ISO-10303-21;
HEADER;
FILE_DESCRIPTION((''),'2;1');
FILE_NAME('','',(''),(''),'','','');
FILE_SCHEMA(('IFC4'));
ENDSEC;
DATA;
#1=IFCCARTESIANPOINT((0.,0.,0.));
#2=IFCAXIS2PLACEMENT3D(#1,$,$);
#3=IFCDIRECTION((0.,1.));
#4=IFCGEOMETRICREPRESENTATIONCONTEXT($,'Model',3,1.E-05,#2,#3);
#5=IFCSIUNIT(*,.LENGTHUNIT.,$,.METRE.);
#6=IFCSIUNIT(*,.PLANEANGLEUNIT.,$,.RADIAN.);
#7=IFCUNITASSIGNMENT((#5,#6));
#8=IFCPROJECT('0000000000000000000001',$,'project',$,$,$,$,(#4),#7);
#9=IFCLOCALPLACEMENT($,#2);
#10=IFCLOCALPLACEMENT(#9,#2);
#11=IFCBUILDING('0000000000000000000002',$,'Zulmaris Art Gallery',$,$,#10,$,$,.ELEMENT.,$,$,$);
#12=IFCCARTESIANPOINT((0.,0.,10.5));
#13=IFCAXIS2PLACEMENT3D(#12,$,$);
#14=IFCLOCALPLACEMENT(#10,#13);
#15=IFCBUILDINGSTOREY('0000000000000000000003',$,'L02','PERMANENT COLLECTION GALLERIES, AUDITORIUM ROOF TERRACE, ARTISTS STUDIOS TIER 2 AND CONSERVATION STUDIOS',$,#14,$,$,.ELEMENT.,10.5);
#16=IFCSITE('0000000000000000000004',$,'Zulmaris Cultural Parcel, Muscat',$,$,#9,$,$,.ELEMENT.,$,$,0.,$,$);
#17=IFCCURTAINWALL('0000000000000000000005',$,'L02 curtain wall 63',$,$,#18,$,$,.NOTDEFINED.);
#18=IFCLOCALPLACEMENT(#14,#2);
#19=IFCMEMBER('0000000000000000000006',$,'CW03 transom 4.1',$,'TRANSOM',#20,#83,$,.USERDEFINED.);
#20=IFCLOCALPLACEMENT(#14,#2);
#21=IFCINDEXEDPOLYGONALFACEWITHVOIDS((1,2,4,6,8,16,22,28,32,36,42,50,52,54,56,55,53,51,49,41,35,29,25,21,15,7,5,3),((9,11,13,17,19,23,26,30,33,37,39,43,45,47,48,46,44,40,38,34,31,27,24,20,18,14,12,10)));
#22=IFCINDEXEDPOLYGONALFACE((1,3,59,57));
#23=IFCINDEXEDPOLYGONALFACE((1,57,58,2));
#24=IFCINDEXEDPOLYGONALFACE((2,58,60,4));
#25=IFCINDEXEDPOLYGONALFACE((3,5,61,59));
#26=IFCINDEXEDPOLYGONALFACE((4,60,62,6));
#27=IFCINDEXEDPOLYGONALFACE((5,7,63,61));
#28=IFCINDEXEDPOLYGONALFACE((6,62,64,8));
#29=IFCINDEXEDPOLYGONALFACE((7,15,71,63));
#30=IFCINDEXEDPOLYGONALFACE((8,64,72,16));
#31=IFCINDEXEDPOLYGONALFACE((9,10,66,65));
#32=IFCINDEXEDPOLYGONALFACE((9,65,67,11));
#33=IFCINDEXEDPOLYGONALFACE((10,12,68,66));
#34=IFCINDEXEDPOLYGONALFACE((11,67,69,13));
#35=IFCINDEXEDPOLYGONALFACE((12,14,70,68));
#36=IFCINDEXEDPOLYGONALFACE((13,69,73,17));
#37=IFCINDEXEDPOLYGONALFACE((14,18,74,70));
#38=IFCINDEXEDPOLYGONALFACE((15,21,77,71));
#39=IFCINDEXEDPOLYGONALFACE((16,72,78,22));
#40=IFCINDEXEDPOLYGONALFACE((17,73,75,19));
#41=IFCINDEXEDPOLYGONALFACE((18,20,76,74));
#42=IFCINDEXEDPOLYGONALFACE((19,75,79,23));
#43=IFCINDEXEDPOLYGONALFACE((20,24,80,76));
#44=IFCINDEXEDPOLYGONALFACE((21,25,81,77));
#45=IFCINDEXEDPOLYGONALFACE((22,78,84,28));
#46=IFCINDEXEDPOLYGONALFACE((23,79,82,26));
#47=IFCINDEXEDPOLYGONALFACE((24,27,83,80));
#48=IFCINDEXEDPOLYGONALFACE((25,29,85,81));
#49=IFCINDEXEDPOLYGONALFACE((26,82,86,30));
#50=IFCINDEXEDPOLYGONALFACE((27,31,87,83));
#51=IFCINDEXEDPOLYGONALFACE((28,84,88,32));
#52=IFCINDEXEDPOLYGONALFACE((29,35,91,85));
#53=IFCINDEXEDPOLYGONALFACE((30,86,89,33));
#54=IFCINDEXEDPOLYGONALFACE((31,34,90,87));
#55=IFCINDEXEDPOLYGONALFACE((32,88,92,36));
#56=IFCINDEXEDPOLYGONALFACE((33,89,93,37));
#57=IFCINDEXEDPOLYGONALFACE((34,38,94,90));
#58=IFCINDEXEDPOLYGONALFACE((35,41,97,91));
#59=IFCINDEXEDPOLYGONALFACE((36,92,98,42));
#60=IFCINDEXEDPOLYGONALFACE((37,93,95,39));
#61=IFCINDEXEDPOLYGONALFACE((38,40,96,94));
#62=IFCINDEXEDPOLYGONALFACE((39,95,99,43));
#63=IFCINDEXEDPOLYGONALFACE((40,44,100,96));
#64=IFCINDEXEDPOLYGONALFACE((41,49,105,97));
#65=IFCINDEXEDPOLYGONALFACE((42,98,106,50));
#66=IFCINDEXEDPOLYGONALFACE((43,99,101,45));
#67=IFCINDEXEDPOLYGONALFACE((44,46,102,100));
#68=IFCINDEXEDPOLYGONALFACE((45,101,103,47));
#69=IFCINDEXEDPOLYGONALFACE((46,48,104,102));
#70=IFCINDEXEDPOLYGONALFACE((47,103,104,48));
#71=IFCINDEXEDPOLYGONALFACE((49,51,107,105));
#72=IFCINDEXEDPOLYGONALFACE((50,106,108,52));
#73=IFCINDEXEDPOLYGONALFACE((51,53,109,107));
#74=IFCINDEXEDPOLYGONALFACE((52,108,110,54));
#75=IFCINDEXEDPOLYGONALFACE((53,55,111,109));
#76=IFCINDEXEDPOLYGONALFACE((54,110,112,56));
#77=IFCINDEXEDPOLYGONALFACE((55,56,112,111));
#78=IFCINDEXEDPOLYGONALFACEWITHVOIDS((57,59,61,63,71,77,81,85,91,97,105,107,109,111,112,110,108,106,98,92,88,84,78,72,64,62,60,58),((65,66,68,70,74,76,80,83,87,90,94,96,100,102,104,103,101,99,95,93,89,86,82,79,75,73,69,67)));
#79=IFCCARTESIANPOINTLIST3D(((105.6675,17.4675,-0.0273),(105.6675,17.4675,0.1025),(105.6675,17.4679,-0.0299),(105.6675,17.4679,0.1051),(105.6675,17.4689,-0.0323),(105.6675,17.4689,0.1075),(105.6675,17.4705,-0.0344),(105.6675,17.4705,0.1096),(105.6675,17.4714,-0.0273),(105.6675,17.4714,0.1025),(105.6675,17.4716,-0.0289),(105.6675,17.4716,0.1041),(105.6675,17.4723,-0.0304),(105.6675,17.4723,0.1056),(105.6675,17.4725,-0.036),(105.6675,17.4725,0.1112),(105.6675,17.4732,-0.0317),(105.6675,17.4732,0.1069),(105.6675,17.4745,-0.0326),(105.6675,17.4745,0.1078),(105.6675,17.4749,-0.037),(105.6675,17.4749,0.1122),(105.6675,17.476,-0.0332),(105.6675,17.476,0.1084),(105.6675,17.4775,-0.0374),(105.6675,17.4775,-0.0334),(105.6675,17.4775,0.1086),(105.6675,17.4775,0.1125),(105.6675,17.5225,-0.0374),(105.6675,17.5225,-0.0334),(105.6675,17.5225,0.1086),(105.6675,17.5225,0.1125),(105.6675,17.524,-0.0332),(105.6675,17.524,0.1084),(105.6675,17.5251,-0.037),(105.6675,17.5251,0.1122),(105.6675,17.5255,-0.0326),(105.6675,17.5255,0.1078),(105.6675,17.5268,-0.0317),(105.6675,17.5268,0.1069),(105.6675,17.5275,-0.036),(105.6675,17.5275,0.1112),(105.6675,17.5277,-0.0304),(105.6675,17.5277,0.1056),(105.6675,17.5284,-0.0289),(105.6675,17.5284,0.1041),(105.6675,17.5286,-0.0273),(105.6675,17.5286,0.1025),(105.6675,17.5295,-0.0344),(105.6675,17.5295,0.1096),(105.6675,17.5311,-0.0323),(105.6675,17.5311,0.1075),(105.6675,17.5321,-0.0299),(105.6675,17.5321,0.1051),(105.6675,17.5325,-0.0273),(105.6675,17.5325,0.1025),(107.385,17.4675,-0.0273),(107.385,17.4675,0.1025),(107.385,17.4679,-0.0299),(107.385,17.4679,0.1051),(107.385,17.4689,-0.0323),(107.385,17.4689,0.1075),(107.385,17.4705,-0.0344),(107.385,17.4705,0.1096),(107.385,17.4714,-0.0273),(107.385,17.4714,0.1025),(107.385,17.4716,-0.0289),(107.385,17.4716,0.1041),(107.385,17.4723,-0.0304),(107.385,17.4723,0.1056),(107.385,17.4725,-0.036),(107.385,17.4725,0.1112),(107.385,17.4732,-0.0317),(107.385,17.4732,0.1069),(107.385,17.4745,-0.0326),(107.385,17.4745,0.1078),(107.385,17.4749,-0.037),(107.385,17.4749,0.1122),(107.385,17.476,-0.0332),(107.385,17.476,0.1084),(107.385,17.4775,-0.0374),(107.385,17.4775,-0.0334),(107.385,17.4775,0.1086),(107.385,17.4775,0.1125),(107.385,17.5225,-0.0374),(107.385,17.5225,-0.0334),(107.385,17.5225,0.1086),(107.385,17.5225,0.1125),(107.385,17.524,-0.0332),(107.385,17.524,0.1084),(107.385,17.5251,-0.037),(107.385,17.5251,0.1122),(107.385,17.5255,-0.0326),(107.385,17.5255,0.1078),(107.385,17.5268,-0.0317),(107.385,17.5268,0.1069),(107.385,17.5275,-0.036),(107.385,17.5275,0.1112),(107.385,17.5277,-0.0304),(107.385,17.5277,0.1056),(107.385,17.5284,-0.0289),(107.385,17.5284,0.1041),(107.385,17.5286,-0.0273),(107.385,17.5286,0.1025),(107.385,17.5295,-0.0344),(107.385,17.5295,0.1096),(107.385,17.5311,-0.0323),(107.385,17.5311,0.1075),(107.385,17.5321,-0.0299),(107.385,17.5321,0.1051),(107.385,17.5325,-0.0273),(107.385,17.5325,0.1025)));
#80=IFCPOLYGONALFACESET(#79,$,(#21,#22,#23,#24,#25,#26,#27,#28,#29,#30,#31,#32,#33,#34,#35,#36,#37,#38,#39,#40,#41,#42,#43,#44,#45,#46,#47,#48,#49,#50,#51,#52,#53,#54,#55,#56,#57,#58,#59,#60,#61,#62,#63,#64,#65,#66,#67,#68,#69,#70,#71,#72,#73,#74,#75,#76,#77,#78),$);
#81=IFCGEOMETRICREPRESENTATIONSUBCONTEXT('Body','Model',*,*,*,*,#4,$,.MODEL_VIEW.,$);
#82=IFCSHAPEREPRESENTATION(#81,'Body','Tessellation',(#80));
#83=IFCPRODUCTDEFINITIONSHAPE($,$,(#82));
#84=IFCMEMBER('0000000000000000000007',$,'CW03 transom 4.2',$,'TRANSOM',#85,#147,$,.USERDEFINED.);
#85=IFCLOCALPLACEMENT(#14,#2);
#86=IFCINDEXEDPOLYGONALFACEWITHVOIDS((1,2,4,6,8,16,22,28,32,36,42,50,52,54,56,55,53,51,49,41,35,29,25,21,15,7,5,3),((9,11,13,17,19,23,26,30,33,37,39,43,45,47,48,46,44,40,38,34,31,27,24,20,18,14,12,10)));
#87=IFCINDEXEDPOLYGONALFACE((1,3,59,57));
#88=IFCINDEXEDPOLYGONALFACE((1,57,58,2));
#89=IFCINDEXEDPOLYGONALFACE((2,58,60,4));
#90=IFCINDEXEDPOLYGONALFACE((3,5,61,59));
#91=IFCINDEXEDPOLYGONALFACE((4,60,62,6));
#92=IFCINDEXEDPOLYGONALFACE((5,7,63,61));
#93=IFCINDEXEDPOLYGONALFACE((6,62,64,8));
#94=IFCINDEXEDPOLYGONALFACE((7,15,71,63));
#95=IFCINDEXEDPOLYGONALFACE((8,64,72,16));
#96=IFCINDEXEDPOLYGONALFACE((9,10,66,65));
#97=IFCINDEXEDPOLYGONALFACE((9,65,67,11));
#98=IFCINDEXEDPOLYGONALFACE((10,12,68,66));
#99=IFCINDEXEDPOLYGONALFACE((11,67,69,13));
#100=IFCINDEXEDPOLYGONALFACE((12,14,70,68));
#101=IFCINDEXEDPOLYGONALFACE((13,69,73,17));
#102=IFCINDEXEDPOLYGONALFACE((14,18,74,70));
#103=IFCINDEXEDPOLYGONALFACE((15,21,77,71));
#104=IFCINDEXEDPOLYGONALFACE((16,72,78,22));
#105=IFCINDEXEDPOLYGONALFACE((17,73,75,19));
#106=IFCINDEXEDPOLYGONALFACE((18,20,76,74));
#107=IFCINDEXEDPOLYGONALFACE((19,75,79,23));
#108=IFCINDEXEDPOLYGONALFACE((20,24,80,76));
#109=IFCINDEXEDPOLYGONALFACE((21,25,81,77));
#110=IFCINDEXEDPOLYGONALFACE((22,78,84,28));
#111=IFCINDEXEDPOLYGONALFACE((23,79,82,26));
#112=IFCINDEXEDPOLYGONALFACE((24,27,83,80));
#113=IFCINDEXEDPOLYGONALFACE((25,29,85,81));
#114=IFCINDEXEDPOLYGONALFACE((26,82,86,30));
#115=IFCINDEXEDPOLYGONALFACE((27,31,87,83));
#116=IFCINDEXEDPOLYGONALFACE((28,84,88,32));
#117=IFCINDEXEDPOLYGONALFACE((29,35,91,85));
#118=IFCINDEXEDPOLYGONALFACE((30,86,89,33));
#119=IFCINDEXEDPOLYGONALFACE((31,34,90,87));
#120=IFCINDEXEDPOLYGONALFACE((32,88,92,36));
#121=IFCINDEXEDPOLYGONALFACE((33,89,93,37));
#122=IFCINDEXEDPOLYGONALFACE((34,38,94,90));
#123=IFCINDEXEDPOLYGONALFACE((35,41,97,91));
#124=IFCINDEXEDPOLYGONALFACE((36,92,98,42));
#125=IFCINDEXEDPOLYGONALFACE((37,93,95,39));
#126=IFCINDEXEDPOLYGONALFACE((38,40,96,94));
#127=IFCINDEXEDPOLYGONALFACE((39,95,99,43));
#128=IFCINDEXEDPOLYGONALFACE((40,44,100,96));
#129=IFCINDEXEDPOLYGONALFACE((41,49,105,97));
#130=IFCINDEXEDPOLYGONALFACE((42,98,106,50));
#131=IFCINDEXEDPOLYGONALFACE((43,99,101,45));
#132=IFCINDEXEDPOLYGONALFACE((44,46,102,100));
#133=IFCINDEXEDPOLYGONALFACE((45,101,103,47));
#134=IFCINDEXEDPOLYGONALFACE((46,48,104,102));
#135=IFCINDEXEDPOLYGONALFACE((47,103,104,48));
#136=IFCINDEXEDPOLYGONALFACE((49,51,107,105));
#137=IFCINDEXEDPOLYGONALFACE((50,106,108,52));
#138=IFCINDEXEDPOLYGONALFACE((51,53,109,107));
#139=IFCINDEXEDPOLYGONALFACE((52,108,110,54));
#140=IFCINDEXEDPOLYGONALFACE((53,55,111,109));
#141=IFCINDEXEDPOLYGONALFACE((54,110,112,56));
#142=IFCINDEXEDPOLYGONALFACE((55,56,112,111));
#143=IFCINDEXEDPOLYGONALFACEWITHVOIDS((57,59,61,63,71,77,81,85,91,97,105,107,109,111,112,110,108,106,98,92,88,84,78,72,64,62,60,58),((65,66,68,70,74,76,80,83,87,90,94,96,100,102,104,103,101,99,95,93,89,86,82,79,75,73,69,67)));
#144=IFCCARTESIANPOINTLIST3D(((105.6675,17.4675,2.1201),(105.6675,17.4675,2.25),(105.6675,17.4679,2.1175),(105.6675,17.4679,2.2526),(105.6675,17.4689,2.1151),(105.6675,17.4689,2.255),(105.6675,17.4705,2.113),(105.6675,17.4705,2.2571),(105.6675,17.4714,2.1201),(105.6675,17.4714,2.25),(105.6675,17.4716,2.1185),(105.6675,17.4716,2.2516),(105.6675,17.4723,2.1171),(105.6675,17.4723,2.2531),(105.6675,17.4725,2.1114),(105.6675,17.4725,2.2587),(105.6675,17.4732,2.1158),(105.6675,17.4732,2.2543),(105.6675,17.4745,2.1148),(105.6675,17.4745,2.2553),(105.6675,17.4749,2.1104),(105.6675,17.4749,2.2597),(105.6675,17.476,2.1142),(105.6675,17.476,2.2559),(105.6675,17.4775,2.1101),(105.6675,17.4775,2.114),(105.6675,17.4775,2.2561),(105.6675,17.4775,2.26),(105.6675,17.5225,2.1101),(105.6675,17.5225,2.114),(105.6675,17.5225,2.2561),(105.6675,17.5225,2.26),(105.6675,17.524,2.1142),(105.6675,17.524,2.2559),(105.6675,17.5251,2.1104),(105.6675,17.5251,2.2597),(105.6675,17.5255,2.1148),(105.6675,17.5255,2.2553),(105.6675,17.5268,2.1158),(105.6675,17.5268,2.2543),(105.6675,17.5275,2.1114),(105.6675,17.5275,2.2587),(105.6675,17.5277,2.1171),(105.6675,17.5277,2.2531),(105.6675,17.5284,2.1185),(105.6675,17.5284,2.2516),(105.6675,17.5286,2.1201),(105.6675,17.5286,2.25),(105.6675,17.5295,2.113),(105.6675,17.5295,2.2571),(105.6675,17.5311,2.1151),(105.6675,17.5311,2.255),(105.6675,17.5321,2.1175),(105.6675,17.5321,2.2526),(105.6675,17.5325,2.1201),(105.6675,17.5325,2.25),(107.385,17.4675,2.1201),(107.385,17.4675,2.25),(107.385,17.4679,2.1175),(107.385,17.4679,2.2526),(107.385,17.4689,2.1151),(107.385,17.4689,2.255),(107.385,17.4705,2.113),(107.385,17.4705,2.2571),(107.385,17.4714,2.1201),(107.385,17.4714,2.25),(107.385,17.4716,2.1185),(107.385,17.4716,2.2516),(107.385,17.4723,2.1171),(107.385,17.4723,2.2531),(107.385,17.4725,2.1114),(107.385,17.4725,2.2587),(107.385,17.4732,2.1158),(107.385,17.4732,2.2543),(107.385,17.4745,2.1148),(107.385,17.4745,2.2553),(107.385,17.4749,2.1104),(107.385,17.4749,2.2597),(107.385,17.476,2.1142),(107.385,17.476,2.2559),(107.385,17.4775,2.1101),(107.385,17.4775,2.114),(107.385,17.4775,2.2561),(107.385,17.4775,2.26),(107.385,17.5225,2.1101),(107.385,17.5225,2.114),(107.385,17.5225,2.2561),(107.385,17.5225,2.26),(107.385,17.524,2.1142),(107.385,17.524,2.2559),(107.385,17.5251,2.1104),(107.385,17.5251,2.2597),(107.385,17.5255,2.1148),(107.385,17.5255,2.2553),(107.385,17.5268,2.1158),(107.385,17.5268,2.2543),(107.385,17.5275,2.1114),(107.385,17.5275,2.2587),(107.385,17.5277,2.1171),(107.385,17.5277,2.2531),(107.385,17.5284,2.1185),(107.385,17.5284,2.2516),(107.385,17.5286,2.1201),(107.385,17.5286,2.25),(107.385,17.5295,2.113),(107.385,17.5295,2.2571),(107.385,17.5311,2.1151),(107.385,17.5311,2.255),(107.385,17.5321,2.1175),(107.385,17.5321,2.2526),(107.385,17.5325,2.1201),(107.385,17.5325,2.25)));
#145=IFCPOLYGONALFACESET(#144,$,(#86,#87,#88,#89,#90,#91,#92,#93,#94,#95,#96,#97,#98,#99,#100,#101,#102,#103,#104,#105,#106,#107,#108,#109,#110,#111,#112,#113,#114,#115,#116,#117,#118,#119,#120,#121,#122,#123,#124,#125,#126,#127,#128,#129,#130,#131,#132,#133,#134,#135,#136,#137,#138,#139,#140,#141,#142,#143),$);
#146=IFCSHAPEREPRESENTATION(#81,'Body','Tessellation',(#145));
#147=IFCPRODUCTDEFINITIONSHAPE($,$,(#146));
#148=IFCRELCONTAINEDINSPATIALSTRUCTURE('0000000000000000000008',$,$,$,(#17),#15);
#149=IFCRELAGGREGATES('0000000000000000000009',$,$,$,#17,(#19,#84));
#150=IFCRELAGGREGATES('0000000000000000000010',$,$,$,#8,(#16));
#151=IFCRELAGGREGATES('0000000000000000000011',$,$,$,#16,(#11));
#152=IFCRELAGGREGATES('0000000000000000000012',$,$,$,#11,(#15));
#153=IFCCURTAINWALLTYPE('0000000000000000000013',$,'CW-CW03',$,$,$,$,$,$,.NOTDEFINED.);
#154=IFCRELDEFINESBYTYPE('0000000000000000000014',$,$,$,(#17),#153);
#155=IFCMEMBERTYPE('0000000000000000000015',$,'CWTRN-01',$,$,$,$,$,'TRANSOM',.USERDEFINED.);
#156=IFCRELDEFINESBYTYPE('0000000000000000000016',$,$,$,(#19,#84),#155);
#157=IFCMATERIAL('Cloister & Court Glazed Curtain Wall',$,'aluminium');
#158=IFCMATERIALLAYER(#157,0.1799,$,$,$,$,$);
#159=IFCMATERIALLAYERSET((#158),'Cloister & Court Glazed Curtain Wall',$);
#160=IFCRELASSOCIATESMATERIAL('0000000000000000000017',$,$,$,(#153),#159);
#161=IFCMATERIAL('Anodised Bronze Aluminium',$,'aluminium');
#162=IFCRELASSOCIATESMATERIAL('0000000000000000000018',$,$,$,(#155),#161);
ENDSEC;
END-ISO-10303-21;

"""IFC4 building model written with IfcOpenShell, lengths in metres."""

from ifc_helpers import new_model, si_unit, direction, frame, origin, origin_2d, place, context, subcontext, project, spatial, hollow_rectangle, extrude, material, layer, layer_set, material_profile, profile_set, type_object, element, aggregate, save


model = new_model("IFC4")

# Units and contexts
model_context = context("Model", 3, precision=1e-05, world=origin(), true_north=direction((0.0, 1.0)))
body_context = subcontext(model_context, "Body", "Model", "MODEL_VIEW")
ifc_project = project(units=[si_unit("LENGTHUNIT", "METRE"), si_unit("PLANEANGLEUNIT", "RADIAN")], contexts=[model_context])

# Site, building, storey
site_placement = place(None, origin())
site = spatial("IfcSite", under=ifc_project, at=site_placement, Name="Zulmaris Cultural Parcel, Muscat", CompositionType="ELEMENT", RefElevation=0.0)
building_placement = place(site_placement, origin())
building = spatial("IfcBuilding", under=site, at=building_placement, Name="Zulmaris Art Gallery", CompositionType="ELEMENT")
storey_placement = place(building_placement, frame((0.0, 0.0, 10.5)))
storey = spatial("IfcBuildingStorey", under=building, at=storey_placement, Name="L02", Description="PERMANENT COLLECTION GALLERIES, AUDITORIUM ROOF TERRACE, ARTISTS STUDIOS TIER 2 AND CONSERVATION STUDIOS", CompositionType="ELEMENT", Elevation=10.5)

# Shared definitions
ifc_material_1 = material(Name="Cloister & Court Glazed Curtain Wall", Category="aluminium")
ifc_layer_1 = layer(ifc_material_1, 0.1799)
ifc_layer_set_1 = layer_set([ifc_layer_1], Name="Cloister & Court Glazed Curtain Wall")
curtain_wall_type = type_object("IfcCurtainWallType", Name="CW-CW03", PredefinedType="NOTDEFINED", material=ifc_layer_set_1)
ifc_material_2 = material(Name="Anodised Bronze Aluminium", Category="aluminium")

# Curtain wall, members
curtain_wall_1_placement = place(storey_placement, origin())
curtain_wall_1 = element("IfcCurtainWall", 1, at=curtain_wall_1_placement, inside=storey, type_object=curtain_wall_type, Name="L02 curtain wall 63", PredefinedType="NOTDEFINED")
ifc_material_profile_1 = material_profile(ifc_material_2, hollow_rectangle(XDim=0.0649, YDim=0.1499, WallThickness=0.0039, InnerFilletRadius=0.0061, OuterFilletRadius=0.01, at=origin_2d()), Name="ALU 65x150x4")
ifc_profile_set_1 = profile_set([ifc_material_profile_1], Name="Anodised Bronze Aluminium")
member_type_1 = type_object("IfcMemberType", Name="CWTRN-01", ElementType="TRANSOM", PredefinedType="USERDEFINED", material=ifc_profile_set_1)
member_1_placement = place(storey_placement, frame((105.6675, 17.5, 0.0376), z_axis=(1.0, 0.0, 0.0), x_axis=(0.0, 1.0, 0.0)))
member_1 = element("IfcMember", 2, at=member_1_placement, type_object=member_type_1, Name="CW03 transom 4.1", ObjectType="TRANSOM", PredefinedType="USERDEFINED", context=body_context, shape_type="SweptSolid", body=[
    extrude(hollow_rectangle(XDim=0.0649, YDim=0.1499, WallThickness=0.0039, InnerFilletRadius=0.0061, OuterFilletRadius=0.01, at=origin_2d()), origin(), (0.0, 0.0, 1.0), 1.7175),
])
member_2_placement = place(storey_placement, frame((105.6675, 17.5, 2.1851), z_axis=(1.0, 0.0, 0.0), x_axis=(0.0, 1.0, 0.0)))
member_2 = element("IfcMember", 3, at=member_2_placement, type_object=member_type_1, Name="CW03 transom 4.2", ObjectType="TRANSOM", PredefinedType="USERDEFINED", context=body_context, shape_type="SweptSolid", body=[
    extrude(hollow_rectangle(XDim=0.0649, YDim=0.1499, WallThickness=0.0039, InnerFilletRadius=0.0061, OuterFilletRadius=0.01, at=origin_2d()), origin(), (0.0, 0.0, 1.0), 1.7175),
])
aggregate(curtain_wall_1, [member_1, member_2])

save(model, "model.ifc")
